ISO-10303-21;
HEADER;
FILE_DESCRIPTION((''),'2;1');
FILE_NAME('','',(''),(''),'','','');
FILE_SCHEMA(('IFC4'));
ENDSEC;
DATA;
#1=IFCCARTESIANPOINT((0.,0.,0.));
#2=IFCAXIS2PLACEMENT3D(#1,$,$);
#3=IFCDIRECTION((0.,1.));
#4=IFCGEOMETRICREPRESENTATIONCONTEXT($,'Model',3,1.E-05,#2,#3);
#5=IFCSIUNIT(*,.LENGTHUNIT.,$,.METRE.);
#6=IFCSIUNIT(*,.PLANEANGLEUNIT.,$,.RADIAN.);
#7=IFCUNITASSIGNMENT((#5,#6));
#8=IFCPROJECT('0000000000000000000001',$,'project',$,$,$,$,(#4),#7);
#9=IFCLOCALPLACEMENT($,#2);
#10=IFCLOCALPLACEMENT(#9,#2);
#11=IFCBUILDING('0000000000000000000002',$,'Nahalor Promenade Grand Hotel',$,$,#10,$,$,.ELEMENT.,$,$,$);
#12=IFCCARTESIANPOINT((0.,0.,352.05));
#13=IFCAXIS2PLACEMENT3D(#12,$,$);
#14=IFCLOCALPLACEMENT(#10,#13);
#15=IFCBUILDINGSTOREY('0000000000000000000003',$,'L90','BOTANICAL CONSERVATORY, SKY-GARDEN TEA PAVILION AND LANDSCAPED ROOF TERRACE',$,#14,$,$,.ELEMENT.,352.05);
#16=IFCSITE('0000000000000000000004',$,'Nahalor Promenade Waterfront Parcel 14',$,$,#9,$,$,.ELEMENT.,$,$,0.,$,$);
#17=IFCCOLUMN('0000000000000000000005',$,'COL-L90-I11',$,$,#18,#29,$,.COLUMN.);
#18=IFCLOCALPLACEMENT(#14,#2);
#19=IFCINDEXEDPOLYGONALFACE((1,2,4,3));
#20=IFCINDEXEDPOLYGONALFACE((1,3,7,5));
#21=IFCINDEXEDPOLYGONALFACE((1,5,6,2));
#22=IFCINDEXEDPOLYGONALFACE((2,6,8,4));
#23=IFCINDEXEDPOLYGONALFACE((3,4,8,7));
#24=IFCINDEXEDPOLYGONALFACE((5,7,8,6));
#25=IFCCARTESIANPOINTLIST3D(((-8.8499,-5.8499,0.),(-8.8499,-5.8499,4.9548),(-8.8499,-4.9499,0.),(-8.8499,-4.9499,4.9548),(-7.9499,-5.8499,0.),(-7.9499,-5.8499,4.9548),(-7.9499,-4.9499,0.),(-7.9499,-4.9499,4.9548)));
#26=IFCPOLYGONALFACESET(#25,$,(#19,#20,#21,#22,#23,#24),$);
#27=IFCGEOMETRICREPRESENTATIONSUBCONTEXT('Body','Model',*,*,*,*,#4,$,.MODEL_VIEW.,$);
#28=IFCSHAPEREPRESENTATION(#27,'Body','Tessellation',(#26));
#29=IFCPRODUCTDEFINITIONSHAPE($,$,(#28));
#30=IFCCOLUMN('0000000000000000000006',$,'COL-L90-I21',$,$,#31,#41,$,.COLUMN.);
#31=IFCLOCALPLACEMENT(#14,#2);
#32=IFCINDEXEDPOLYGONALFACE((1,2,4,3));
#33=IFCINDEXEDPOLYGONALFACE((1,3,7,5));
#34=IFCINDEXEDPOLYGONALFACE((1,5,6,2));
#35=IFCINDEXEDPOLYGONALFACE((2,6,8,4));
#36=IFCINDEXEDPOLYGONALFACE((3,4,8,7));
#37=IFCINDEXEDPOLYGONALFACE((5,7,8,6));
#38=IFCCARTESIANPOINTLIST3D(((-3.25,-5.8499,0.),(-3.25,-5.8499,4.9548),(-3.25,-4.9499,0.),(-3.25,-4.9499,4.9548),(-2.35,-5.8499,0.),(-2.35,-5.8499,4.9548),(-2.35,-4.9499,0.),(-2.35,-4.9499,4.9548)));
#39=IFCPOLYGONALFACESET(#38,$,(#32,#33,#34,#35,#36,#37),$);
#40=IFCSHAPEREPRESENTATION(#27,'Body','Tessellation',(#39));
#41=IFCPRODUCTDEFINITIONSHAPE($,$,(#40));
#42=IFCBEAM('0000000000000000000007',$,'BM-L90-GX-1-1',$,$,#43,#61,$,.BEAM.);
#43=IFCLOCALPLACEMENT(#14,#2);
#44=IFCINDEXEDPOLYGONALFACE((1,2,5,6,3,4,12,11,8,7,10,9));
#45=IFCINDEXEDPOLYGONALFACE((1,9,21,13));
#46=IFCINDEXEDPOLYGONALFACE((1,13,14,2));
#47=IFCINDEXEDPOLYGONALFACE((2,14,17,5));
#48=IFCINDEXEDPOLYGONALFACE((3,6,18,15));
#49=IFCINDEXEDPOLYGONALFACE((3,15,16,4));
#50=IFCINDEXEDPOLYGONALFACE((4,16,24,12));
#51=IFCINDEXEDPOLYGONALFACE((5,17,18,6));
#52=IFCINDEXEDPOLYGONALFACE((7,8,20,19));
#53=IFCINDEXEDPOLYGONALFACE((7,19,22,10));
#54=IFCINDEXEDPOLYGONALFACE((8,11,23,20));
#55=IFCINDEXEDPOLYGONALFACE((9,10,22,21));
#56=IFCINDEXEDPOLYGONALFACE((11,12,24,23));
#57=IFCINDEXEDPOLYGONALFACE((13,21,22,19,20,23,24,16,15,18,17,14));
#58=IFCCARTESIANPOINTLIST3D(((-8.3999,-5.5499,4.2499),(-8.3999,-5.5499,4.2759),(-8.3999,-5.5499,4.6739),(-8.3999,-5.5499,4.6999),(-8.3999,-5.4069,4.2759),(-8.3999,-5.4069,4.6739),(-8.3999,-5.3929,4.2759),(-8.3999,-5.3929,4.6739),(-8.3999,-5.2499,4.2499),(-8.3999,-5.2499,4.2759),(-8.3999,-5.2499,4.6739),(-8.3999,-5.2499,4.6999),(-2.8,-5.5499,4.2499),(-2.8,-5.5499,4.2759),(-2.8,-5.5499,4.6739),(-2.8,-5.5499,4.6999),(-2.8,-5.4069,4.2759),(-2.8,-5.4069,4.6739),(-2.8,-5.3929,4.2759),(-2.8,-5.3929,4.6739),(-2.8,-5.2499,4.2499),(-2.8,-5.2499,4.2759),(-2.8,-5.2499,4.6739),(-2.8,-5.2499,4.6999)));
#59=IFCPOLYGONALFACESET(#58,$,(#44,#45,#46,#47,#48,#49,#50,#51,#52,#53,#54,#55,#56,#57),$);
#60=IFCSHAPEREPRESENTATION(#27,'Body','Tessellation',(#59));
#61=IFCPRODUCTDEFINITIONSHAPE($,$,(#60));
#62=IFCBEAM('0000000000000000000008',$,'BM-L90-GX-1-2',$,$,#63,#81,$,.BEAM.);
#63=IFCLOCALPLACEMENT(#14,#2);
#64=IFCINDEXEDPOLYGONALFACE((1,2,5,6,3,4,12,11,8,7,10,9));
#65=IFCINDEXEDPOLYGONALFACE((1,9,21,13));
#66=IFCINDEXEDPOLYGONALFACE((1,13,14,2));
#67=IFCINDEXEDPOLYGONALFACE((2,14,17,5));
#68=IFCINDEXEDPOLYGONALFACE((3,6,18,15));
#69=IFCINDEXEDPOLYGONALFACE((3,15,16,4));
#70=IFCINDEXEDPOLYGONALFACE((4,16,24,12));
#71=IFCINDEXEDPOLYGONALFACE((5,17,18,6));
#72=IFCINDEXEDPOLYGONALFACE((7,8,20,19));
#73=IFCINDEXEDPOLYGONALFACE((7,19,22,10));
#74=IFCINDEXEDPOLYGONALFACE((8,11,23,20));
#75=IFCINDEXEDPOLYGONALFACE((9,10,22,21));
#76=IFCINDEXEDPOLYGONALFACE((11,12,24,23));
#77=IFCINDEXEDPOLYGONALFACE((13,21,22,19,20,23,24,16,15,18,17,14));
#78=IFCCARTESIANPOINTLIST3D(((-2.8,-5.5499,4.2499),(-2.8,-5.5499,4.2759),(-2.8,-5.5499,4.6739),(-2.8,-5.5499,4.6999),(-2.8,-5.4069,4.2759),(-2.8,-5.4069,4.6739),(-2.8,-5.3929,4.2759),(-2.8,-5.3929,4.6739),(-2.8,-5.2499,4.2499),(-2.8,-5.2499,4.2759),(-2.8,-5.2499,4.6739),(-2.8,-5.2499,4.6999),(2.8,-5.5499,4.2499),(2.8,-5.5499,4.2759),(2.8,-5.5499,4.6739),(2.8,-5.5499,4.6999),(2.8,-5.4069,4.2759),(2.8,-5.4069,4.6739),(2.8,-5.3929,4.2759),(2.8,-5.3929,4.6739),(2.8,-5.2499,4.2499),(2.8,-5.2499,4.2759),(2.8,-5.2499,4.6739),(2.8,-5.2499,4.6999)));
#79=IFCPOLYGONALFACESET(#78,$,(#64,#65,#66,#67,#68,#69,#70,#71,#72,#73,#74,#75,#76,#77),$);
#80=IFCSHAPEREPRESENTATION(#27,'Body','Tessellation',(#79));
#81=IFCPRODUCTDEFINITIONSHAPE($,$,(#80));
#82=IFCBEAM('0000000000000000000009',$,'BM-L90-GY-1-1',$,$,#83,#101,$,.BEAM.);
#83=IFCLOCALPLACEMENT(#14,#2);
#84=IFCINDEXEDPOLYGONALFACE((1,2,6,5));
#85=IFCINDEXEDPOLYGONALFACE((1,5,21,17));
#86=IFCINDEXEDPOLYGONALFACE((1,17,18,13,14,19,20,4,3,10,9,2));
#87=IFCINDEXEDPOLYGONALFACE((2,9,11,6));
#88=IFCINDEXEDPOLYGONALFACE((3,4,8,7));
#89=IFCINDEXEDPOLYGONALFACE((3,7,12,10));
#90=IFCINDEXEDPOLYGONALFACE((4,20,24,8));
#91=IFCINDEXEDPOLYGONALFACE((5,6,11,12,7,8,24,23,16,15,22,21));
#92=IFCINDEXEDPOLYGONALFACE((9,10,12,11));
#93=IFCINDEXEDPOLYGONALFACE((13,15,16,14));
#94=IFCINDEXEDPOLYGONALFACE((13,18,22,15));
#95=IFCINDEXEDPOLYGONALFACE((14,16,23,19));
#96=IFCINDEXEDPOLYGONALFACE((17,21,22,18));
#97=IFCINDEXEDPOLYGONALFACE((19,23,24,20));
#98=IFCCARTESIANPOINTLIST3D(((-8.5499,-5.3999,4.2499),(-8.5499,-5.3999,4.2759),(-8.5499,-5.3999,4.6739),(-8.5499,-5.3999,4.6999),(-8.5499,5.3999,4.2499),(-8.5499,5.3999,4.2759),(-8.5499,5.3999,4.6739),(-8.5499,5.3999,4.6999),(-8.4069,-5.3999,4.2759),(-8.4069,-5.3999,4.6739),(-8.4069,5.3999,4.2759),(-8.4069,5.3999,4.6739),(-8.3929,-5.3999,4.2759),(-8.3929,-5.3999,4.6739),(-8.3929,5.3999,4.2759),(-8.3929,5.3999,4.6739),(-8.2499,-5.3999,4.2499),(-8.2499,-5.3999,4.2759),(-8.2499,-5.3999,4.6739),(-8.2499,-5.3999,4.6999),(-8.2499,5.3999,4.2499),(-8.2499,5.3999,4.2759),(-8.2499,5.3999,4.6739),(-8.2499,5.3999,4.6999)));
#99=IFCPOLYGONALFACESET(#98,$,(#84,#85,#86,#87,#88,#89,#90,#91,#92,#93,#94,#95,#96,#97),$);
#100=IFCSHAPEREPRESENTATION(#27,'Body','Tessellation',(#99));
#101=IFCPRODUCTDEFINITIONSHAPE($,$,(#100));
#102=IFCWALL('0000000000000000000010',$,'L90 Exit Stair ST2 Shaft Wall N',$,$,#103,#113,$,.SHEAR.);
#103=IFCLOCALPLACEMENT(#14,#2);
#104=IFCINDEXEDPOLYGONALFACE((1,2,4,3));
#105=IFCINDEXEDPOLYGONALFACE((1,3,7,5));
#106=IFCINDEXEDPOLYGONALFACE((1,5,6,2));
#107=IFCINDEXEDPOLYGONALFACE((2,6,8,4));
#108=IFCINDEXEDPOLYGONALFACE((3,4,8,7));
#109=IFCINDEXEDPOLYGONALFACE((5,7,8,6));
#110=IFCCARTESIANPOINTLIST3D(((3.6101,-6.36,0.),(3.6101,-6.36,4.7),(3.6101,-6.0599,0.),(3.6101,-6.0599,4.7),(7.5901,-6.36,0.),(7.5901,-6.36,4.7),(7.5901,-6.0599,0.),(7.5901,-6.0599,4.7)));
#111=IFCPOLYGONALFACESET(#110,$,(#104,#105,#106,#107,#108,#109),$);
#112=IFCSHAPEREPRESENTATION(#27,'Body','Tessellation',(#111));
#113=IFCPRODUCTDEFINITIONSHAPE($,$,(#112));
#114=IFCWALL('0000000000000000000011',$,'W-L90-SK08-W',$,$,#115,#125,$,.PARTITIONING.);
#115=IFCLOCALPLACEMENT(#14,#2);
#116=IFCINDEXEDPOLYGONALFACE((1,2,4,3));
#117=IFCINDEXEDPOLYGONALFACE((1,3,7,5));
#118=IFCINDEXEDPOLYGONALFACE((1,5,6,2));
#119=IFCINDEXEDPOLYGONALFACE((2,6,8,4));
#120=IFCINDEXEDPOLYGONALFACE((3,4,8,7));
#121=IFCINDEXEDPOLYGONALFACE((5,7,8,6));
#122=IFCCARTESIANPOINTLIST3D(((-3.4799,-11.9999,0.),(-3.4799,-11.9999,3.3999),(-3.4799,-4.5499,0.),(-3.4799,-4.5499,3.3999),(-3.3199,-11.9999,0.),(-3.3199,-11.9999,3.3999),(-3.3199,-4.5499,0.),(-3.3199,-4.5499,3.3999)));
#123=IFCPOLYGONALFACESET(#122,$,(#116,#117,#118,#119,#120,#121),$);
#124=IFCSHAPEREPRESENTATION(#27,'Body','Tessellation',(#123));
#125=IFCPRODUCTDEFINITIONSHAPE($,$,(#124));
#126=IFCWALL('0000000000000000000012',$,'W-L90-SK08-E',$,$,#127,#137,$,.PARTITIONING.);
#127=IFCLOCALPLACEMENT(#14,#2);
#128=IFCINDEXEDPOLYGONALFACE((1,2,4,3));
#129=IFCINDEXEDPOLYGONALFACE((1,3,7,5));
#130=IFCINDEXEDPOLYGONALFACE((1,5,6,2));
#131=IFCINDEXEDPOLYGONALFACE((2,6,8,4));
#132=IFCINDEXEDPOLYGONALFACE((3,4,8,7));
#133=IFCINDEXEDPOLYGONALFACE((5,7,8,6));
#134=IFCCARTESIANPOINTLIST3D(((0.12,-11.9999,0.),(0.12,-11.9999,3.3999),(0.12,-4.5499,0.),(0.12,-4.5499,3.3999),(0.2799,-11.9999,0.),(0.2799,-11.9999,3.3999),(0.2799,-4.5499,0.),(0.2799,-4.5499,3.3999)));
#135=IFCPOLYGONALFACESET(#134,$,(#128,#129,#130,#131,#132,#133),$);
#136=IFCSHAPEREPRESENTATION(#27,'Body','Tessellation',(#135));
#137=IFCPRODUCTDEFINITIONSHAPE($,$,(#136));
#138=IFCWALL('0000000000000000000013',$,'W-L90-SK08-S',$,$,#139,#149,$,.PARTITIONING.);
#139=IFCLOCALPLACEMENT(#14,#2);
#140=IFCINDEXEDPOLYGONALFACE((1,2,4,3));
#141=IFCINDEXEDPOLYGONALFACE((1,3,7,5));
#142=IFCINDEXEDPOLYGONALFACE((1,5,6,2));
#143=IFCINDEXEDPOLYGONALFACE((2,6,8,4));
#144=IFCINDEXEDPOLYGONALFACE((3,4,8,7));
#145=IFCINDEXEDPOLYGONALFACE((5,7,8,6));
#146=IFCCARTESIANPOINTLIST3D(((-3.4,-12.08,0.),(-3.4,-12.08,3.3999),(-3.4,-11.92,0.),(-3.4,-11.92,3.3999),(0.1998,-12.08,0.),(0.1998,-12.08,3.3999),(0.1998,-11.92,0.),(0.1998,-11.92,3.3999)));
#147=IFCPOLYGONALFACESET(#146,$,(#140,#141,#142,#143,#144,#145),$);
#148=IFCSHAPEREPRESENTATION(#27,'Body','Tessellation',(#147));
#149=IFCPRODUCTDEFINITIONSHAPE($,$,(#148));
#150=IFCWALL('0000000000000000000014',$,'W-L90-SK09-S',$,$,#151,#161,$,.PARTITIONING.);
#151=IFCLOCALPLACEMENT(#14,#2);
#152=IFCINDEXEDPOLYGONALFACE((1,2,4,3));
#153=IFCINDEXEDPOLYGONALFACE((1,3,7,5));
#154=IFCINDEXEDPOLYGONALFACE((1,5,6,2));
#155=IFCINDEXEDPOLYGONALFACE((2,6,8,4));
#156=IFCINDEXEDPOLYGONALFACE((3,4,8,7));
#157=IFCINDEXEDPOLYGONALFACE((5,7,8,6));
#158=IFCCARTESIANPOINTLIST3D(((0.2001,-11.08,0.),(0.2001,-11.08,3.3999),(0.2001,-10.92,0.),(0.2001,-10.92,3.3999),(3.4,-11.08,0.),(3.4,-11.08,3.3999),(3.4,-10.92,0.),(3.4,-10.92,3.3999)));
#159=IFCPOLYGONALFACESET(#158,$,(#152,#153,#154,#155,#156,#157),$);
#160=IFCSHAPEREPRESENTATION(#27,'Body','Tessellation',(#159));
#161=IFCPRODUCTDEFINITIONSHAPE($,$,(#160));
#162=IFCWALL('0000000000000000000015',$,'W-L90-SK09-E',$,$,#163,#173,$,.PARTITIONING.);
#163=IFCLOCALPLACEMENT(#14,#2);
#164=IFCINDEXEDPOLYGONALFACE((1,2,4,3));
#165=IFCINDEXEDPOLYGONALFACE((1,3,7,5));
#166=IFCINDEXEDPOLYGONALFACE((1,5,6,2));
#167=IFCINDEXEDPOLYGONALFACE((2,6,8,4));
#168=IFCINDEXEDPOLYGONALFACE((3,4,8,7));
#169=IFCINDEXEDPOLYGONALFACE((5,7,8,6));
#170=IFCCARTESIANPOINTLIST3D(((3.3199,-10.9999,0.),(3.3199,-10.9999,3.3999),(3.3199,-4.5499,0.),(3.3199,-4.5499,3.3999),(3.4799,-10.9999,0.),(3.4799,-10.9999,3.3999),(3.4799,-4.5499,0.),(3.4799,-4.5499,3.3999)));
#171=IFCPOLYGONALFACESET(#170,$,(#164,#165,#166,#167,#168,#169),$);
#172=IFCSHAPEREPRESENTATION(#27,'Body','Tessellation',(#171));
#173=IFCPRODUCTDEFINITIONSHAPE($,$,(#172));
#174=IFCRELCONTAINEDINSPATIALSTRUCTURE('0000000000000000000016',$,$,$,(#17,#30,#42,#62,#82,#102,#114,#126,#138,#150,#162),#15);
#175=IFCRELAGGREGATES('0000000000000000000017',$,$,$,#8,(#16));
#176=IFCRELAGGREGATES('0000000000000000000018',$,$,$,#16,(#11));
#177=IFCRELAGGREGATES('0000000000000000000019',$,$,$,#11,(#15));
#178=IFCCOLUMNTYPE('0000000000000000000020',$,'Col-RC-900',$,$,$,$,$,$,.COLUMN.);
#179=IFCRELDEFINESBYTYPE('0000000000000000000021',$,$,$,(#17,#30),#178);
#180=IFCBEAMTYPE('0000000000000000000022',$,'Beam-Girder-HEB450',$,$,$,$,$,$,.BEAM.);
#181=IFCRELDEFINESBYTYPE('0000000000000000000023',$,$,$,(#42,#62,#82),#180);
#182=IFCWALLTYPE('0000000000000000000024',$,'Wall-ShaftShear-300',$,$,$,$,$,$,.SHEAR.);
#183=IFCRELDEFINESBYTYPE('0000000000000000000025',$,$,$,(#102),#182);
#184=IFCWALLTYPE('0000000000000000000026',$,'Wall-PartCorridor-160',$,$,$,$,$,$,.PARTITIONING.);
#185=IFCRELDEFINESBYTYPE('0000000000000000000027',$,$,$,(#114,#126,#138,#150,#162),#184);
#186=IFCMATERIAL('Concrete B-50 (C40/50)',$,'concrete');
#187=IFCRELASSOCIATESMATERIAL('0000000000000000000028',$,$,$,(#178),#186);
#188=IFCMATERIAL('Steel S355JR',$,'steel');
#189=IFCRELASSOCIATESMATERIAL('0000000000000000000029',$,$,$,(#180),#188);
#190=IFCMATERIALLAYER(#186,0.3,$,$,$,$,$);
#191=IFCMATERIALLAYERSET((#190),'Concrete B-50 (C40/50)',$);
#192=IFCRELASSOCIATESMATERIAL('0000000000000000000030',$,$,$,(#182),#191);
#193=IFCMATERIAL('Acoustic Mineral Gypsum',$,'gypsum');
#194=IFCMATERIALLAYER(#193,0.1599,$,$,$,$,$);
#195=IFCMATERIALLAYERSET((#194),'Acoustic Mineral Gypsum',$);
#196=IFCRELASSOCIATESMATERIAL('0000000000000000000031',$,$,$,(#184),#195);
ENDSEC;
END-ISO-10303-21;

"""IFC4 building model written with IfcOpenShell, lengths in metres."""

from ifc_helpers import new_model, si_unit, direction, frame, frame_2d, origin, origin_2d, place, context, subcontext, project, spatial, rectangle, i_section, extrude, source, transform, mapped, material, layer, layer_set, material_profile, profile_set, type_object, element, save


model = new_model("IFC4")

# Units and contexts
model_context = context("Model", 3, precision=1e-05, world=origin(), true_north=direction((0.0, 1.0)))
body_context = subcontext(model_context, "Body", "Model", "MODEL_VIEW")
ifc_project = project(units=[si_unit("LENGTHUNIT", "METRE"), si_unit("PLANEANGLEUNIT", "RADIAN")], contexts=[model_context])

# Site, building, storey
site_placement = place(None, origin())
site = spatial("IfcSite", under=ifc_project, at=site_placement, Name="Nahalor Promenade Waterfront Parcel 14", CompositionType="ELEMENT", RefElevation=0.0)
building_placement = place(site_placement, origin())
building = spatial("IfcBuilding", under=site, at=building_placement, Name="Nahalor Promenade Grand Hotel", CompositionType="ELEMENT")
storey_placement = place(building_placement, frame((0.0, 0.0, 352.05)))
storey = spatial("IfcBuildingStorey", under=building, at=storey_placement, Name="L90", Description="BOTANICAL CONSERVATORY, SKY-GARDEN TEA PAVILION AND LANDSCAPED ROOF TERRACE", CompositionType="ELEMENT", Elevation=352.05)

# Columns
ifc_material_1 = material(Name="Concrete B-50 (C40/50)", Category="concrete")
ifc_material_profile_1 = material_profile(ifc_material_1, rectangle(XDim=0.9, YDim=0.9, at=origin_2d()), Name="RC 900x900")
ifc_profile_set_1 = profile_set([ifc_material_profile_1], Name="Concrete B-50 (C40/50)")
column_type = type_object("IfcColumnType", Name="Col-RC-900", PredefinedType="COLUMN", material=ifc_profile_set_1)
shared_shape_1 = source(origin(), body_context, "Body", "SweptSolid", [
    extrude(rectangle(XDim=0.9, YDim=0.9, at=origin_2d()), origin(), (0.0, 0.0, 1.0), 4.9548),
])
for number, where, z_axis, x_axis, name in (
    (1, (-8.3999, -5.3999, 0.0), (0.0, 0.0, 1.0), (1.0, 0.0, 0.0), "COL-L90-I11"),
    (2, (-2.8, -5.3999, 0.0), (0.0, 0.0, 1.0), (1.0, 0.0, 0.0), "COL-L90-I21"),
):
    element("IfcColumn", number, at=place(storey_placement, frame(where, z_axis=z_axis, x_axis=x_axis)), inside=storey, type_object=column_type, Name=name, PredefinedType="COLUMN", context=body_context, shape_type="MappedRepresentation", body=[
        mapped(shared_shape_1, transform((0.0, 0.0, 0.0), scale=1.0)),
    ])

# Beams
ifc_material_2 = material(Name="Steel S355JR", Category="steel")
ifc_material_profile_2 = material_profile(ifc_material_2, i_section(OverallWidth=0.3, OverallDepth=0.45, WebThickness=0.014, FlangeThickness=0.026, at=origin_2d()), Name="HEB 450")
ifc_profile_set_2 = profile_set([ifc_material_profile_2], Name="Steel S355JR")
beam_type = type_object("IfcBeamType", Name="Beam-Girder-HEB450", PredefinedType="BEAM", material=ifc_profile_set_2)
shared_shape_2 = source(origin(), body_context, "Body", "SweptSolid", [
    extrude(i_section(OverallWidth=0.3, OverallDepth=0.45, WebThickness=0.014, FlangeThickness=0.026, at=origin_2d()), origin(), (0.0, 0.0, 1.0), 5.5999),
])
beam_1_placement = place(storey_placement, frame((-8.3999, -5.3999, 4.4749), z_axis=(1.0, 0.0, 0.0), x_axis=(0.0, 1.0, 0.0)))
element("IfcBeam", 3, at=beam_1_placement, inside=storey, type_object=beam_type, Name="BM-L90-GX-1-1", PredefinedType="BEAM", context=body_context, shape_type="MappedRepresentation", body=[
    mapped(shared_shape_2, transform((0.0, 0.0, 0.0), scale=1.0)),
])
shared_shape_3 = source(origin(), body_context, "Body", "SweptSolid", [
    extrude(i_section(OverallWidth=0.3, OverallDepth=0.45, WebThickness=0.014, FlangeThickness=0.026, at=origin_2d()), origin(), (0.0, 0.0, 1.0), 5.6001),
])
beam_2_placement = place(storey_placement, frame((-2.8, -5.3999, 4.4749), z_axis=(1.0, 0.0, 0.0), x_axis=(0.0, 1.0, 0.0)))
element("IfcBeam", 4, at=beam_2_placement, inside=storey, type_object=beam_type, Name="BM-L90-GX-1-2", PredefinedType="BEAM", context=body_context, shape_type="MappedRepresentation", body=[
    mapped(shared_shape_3, transform((0.0, 0.0, 0.0), scale=1.0)),
])
shared_shape_4 = source(origin(), body_context, "Body", "SweptSolid", [
    extrude(i_section(OverallWidth=0.3, OverallDepth=0.45, WebThickness=0.014, FlangeThickness=0.026, at=origin_2d()), origin(), (0.0, 0.0, 1.0), 10.7998),
])
beam_3_placement = place(storey_placement, frame((-8.3999, -5.3999, 4.4749), z_axis=(0.0, 1.0, 0.0), x_axis=(-1.0, 0.0, 0.0)))
element("IfcBeam", 5, at=beam_3_placement, inside=storey, type_object=beam_type, Name="BM-L90-GY-1-1", PredefinedType="BEAM", context=body_context, shape_type="MappedRepresentation", body=[
    mapped(shared_shape_4, transform((0.0, 0.0, 0.0), scale=1.0)),
])

# Wall
ifc_layer_1 = layer(ifc_material_1, 0.3)
ifc_layer_set_1 = layer_set([ifc_layer_1], Name="Concrete B-50 (C40/50)")
wall_type_1 = type_object("IfcWallType", Name="Wall-ShaftShear-300", PredefinedType="SHEAR", material=ifc_layer_set_1)
shared_shape_5 = source(origin(), body_context, "Body", "SweptSolid", [
    extrude(rectangle(XDim=3.98, YDim=0.3, at=frame_2d((1.99, 0.0))), origin(), (0.0, 0.0, 1.0), 4.7),
])
wall_1_placement = place(storey_placement, frame((3.6101, -6.21, 0.0), z_axis=(0.0, 0.0, 1.0), x_axis=(1.0, 0.0, 0.0)))
element("IfcWall", 6, at=wall_1_placement, inside=storey, type_object=wall_type_1, Name="L90 Exit Stair ST2 Shaft Wall N", PredefinedType="SHEAR", context=body_context, shape_type="MappedRepresentation", body=[
    mapped(shared_shape_5, transform((0.0, 0.0, 0.0), scale=1.0)),
])

# Walls
ifc_material_3 = material(Name="Acoustic Mineral Gypsum", Category="gypsum")
ifc_layer_2 = layer(ifc_material_3, 0.1599)
ifc_layer_set_2 = layer_set([ifc_layer_2], Name="Acoustic Mineral Gypsum")
wall_type_2 = type_object("IfcWallType", Name="Wall-PartCorridor-160", PredefinedType="PARTITIONING", material=ifc_layer_set_2)
shared_shape_6 = source(origin(), body_context, "Body", "SweptSolid", [
    extrude(rectangle(XDim=7.45, YDim=0.1599, at=frame_2d((3.7251, 0.0))), origin(), (0.0, 0.0, 1.0), 3.3999),
])
for number, where, z_axis, x_axis, name in (
    (7, (-3.3999, -12.0, 0.0), (0.0, 0.0, 1.0), (0.0, 1.0, 0.0), "W-L90-SK08-W"),
    (8, (0.2, -12.0, 0.0), (0.0, 0.0, 1.0), (0.0, 1.0, 0.0), "W-L90-SK08-E"),
):
    element("IfcWall", number, at=place(storey_placement, frame(where, z_axis=z_axis, x_axis=x_axis)), inside=storey, type_object=wall_type_2, Name=name, PredefinedType="PARTITIONING", context=body_context, shape_type="MappedRepresentation", body=[
        mapped(shared_shape_6, transform((0.0, 0.0, 0.0), scale=1.0)),
    ])
shared_shape_7 = source(origin(), body_context, "Body", "SweptSolid", [
    extrude(rectangle(XDim=3.5999, YDim=0.1599, at=frame_2d((1.7998, 0.0))), origin(), (0.0, 0.0, 1.0), 3.3999),
])
wall_2_placement = place(storey_placement, frame((-3.3999, -12.0, 0.0), z_axis=(0.0, 0.0, 1.0), x_axis=(1.0, 0.0, 0.0)))
element("IfcWall", 9, at=wall_2_placement, inside=storey, type_object=wall_type_2, Name="W-L90-SK08-S", PredefinedType="PARTITIONING", context=body_context, shape_type="MappedRepresentation", body=[
    mapped(shared_shape_7, transform((0.0, 0.0, 0.0), scale=1.0)),
])
shared_shape_8 = source(origin(), body_context, "Body", "SweptSolid", [
    extrude(rectangle(XDim=3.2, YDim=0.1599, at=frame_2d((1.6001, 0.0))), origin(), (0.0, 0.0, 1.0), 3.3999),
])
wall_3_placement = place(storey_placement, frame((0.2, -11.0, 0.0), z_axis=(0.0, 0.0, 1.0), x_axis=(1.0, 0.0, 0.0)))
element("IfcWall", 10, at=wall_3_placement, inside=storey, type_object=wall_type_2, Name="W-L90-SK09-S", PredefinedType="PARTITIONING", context=body_context, shape_type="MappedRepresentation", body=[
    mapped(shared_shape_8, transform((0.0, 0.0, 0.0), scale=1.0)),
])
shared_shape_9 = source(origin(), body_context, "Body", "SweptSolid", [
    extrude(rectangle(XDim=6.45, YDim=0.1599, at=frame_2d((3.2251, 0.0))), origin(), (0.0, 0.0, 1.0), 3.3999),
])
wall_4_placement = place(storey_placement, frame((3.3999, -11.0, 0.0), z_axis=(0.0, 0.0, 1.0), x_axis=(0.0, 1.0, 0.0)))
element("IfcWall", 11, at=wall_4_placement, inside=storey, type_object=wall_type_2, Name="W-L90-SK09-E", PredefinedType="PARTITIONING", context=body_context, shape_type="MappedRepresentation", body=[
    mapped(shared_shape_9, transform((0.0, 0.0, 0.0), scale=1.0)),
])

save(model, "model.ifc")
